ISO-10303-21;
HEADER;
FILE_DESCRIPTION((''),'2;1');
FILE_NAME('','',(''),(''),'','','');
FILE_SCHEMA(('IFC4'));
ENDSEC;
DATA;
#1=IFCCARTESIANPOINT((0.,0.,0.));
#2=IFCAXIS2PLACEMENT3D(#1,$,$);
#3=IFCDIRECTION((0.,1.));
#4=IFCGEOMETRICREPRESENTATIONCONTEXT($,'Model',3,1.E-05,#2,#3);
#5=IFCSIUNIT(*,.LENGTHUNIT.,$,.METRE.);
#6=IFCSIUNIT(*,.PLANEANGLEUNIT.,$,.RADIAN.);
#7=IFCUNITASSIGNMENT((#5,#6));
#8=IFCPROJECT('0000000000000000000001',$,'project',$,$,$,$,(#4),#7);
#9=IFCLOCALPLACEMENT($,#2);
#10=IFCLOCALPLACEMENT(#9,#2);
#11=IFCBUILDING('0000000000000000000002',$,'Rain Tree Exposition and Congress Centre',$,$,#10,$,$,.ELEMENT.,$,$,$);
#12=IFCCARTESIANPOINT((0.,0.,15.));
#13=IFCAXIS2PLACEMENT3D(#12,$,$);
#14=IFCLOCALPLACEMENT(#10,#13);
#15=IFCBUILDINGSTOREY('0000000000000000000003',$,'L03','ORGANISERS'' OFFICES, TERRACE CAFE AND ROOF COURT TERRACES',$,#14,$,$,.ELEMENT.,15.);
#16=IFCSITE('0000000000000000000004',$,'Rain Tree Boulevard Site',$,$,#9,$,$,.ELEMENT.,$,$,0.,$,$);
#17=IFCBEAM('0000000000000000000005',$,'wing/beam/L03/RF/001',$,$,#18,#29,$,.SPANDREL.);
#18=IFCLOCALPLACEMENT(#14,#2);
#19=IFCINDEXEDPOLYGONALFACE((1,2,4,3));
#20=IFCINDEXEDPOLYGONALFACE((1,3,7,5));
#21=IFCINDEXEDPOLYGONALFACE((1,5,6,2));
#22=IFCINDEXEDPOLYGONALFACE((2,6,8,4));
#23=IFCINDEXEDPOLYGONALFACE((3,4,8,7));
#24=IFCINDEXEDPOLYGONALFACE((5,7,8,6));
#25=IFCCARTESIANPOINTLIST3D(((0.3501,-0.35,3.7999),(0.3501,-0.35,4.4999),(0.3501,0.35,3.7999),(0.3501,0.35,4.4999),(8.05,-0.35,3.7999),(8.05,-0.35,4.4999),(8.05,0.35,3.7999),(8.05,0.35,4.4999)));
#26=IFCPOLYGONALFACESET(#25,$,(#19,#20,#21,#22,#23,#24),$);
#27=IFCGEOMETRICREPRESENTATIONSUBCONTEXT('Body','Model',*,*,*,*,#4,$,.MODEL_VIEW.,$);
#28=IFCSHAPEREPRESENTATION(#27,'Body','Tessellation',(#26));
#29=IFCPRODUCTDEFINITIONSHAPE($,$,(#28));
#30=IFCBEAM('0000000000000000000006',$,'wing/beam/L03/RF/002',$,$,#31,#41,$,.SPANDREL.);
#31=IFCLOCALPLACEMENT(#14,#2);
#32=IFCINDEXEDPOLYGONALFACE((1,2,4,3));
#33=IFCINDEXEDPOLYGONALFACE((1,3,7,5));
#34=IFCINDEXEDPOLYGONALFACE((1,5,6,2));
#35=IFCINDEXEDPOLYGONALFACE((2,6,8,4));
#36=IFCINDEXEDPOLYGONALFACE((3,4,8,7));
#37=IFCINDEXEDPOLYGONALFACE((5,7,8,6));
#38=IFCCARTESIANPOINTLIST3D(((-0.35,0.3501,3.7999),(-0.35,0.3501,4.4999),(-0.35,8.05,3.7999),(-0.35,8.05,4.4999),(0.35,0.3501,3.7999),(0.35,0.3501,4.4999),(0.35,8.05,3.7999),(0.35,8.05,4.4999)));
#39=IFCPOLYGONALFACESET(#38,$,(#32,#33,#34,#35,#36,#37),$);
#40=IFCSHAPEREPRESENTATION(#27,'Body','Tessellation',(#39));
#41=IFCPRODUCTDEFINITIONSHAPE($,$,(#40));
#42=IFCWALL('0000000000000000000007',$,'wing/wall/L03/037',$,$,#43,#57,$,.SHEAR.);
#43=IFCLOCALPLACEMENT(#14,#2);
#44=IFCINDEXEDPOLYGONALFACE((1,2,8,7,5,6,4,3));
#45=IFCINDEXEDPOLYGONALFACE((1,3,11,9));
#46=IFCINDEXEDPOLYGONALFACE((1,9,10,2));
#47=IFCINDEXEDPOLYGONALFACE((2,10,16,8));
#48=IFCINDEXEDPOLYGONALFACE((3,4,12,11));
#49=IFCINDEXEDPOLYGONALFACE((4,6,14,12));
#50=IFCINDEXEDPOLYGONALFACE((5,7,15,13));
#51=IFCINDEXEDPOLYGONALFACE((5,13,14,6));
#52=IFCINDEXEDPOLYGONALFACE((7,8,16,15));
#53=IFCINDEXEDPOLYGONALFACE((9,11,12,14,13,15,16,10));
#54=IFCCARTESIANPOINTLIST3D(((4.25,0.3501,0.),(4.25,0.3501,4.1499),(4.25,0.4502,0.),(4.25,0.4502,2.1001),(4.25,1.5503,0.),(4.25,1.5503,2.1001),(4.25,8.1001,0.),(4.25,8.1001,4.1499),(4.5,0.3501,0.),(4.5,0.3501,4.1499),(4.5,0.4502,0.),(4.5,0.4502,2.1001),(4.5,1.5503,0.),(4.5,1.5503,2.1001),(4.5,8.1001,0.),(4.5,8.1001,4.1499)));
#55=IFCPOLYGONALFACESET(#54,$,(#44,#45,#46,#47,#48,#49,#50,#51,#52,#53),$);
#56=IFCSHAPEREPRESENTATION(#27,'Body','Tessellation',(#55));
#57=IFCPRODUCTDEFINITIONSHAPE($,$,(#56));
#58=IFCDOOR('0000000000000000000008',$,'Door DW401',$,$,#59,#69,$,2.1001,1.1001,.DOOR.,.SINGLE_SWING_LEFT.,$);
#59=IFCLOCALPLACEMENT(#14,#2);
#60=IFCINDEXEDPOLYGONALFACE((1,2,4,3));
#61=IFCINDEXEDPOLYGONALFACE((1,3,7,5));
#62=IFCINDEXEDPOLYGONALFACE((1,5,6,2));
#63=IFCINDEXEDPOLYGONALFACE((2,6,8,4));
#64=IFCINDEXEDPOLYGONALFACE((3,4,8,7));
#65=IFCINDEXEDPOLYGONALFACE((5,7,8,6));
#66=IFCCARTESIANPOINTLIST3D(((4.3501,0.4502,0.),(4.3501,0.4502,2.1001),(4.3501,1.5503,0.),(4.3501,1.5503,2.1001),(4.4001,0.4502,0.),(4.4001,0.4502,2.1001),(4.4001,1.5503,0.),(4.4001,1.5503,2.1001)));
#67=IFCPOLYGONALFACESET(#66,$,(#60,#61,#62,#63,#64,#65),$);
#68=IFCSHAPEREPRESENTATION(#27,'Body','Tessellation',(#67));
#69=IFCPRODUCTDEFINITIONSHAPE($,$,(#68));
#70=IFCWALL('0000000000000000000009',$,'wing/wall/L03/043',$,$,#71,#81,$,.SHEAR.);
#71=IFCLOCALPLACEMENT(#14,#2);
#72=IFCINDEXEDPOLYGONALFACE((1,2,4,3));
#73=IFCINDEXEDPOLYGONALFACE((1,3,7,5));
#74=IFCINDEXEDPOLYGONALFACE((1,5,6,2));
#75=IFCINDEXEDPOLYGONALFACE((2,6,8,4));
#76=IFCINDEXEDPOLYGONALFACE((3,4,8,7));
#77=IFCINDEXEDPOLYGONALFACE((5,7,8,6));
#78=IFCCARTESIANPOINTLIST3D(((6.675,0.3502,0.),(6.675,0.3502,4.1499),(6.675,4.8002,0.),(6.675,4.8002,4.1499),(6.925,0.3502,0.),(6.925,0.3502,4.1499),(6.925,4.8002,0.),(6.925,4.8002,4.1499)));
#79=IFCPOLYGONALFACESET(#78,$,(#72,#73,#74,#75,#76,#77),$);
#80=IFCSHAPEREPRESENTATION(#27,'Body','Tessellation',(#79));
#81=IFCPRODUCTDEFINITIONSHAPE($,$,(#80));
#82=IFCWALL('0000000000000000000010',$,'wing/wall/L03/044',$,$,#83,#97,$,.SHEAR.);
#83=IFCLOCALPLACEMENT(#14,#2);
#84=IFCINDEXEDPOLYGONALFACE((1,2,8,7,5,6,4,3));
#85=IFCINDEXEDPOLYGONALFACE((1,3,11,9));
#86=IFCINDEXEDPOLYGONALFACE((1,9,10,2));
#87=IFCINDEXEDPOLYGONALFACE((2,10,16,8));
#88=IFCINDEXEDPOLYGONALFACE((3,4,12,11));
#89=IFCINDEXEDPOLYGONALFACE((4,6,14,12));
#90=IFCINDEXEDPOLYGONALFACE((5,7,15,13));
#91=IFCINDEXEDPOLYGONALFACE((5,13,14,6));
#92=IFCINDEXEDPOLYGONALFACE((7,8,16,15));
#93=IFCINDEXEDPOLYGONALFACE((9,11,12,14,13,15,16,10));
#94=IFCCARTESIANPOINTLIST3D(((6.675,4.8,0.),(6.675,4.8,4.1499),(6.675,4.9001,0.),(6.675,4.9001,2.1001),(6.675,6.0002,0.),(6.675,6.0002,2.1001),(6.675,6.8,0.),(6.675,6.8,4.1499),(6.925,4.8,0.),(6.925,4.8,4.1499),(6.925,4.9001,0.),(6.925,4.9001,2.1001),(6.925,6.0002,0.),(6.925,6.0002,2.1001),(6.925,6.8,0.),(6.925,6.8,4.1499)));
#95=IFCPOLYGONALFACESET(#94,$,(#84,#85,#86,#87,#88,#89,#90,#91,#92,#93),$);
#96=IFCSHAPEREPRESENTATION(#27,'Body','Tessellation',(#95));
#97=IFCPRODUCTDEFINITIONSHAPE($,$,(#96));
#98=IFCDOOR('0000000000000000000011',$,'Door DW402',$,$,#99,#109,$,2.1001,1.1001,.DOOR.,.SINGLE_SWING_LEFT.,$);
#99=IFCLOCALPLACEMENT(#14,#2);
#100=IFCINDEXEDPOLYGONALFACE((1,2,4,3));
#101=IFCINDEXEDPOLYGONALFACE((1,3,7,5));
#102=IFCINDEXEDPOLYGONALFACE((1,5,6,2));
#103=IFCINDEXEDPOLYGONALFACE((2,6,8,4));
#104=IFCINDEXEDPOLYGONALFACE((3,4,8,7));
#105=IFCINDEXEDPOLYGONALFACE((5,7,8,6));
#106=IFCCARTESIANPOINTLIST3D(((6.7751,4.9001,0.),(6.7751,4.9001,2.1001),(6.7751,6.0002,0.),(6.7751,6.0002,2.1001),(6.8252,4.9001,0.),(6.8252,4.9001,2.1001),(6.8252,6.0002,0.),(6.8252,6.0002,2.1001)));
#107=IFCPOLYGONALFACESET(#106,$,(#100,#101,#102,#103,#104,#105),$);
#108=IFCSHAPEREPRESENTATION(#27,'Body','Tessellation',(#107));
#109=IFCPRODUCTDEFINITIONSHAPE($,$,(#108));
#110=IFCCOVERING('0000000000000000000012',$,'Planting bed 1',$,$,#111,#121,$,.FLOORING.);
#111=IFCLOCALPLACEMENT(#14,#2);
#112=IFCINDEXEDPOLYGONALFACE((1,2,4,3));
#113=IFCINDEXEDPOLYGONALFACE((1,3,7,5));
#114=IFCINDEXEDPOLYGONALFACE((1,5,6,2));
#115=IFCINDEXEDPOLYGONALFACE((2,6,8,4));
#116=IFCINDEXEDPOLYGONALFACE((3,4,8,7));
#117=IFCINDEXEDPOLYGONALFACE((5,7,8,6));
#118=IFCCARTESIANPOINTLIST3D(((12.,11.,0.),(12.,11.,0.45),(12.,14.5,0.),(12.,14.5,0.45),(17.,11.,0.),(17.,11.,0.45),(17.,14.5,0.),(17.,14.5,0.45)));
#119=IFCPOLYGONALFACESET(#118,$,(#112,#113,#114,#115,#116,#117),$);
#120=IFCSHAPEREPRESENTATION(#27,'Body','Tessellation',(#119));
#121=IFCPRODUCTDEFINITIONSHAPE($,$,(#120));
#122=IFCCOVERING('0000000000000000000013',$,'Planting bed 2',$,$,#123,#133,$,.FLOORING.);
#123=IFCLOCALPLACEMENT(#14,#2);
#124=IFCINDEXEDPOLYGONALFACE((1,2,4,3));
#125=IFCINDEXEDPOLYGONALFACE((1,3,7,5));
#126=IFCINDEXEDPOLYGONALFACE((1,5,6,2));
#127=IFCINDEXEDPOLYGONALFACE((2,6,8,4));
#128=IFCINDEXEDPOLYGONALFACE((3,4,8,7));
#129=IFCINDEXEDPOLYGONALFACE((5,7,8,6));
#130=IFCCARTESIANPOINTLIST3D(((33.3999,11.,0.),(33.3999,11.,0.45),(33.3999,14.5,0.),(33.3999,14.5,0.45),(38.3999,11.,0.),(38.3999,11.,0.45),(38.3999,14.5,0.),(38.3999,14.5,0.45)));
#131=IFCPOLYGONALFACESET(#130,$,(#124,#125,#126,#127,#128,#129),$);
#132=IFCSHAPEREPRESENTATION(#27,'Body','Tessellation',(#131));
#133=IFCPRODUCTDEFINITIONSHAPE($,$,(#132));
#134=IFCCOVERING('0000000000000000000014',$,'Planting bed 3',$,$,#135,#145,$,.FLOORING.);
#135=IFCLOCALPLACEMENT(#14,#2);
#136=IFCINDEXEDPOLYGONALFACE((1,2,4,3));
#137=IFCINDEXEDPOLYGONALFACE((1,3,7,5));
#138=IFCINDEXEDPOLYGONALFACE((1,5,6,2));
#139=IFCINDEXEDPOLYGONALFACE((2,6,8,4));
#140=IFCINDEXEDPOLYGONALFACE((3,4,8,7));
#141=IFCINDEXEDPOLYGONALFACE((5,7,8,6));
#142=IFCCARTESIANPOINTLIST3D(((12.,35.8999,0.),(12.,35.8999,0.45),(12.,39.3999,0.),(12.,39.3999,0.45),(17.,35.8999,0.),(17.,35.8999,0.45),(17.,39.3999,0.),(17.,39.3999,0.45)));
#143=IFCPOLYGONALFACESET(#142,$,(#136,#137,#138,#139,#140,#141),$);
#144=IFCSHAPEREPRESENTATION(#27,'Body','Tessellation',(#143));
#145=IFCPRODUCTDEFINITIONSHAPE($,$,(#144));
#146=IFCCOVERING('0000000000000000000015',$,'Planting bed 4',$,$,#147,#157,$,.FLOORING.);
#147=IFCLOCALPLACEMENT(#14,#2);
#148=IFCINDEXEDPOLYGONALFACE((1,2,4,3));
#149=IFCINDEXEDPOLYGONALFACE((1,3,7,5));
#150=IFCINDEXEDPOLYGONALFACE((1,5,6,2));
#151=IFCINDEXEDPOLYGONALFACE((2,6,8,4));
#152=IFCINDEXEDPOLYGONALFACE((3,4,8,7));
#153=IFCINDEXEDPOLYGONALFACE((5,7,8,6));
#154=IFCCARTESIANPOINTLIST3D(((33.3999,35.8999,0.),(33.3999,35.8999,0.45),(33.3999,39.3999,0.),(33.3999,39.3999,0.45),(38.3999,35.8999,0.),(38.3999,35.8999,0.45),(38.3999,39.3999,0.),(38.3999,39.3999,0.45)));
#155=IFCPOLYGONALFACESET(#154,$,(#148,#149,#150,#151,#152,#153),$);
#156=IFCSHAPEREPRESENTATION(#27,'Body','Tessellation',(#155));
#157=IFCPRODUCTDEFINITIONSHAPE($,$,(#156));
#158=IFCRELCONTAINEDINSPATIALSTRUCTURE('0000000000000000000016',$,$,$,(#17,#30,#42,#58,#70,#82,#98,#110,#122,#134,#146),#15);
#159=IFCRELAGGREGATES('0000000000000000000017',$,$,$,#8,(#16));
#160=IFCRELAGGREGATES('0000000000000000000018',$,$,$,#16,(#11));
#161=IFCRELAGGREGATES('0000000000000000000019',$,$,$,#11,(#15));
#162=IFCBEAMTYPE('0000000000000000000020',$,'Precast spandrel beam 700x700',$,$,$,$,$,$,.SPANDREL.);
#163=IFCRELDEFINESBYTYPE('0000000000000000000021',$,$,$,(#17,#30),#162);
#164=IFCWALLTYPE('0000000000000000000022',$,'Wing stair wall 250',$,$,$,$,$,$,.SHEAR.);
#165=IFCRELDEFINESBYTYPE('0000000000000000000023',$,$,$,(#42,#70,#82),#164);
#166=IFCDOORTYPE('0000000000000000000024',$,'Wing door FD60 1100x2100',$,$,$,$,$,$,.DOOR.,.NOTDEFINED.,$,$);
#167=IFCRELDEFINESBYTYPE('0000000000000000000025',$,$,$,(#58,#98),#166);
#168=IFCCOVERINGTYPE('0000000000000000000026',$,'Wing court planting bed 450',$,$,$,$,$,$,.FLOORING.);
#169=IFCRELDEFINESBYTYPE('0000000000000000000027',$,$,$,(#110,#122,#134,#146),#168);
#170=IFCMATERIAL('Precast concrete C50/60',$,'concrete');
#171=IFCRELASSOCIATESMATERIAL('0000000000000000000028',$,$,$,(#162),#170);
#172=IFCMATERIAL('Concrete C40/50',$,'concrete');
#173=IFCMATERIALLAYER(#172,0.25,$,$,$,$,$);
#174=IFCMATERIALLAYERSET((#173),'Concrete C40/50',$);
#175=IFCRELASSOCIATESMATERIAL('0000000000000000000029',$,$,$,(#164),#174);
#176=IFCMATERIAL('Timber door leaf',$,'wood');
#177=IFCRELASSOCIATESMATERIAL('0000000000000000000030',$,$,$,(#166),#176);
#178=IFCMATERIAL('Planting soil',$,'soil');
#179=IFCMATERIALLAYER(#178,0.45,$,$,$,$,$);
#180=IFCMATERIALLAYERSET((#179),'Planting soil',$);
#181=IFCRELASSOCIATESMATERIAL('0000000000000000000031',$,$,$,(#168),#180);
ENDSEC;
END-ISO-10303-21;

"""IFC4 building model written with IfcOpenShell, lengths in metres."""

from ifc_helpers import new_model, si_unit, direction, frame, frame_2d, origin, origin_2d, place, context, subcontext, project, spatial, polyline, rectangle, outline, extrude, material, layer, layer_set, material_profile, profile_set, type_object, element, fill, save


model = new_model("IFC4")

# Units and contexts
model_context = context("Model", 3, precision=1e-05, world=origin(), true_north=direction((0.0, 1.0)))
body_context = subcontext(model_context, "Body", "Model", "MODEL_VIEW")
ifc_project = project(units=[si_unit("LENGTHUNIT", "METRE"), si_unit("PLANEANGLEUNIT", "RADIAN")], contexts=[model_context])

# Site, building, storey
site_placement = place(None, origin())
site = spatial("IfcSite", under=ifc_project, at=site_placement, Name="Rain Tree Boulevard Site", CompositionType="ELEMENT", RefElevation=0.0)
building_placement = place(site_placement, origin())
building = spatial("IfcBuilding", under=site, at=building_placement, Name="Rain Tree Exposition and Congress Centre", CompositionType="ELEMENT")
storey_placement = place(building_placement, frame((0.0, 0.0, 15.0)))
storey = spatial("IfcBuildingStorey", under=building, at=storey_placement, Name="L03", Description="ORGANISERS' OFFICES, TERRACE CAFE AND ROOF COURT TERRACES", CompositionType="ELEMENT", Elevation=15.0)

# Beams
ifc_material_1 = material(Name="Precast concrete C50/60", Category="concrete")
ifc_material_profile_1 = material_profile(ifc_material_1, rectangle(XDim=0.7, YDim=0.7, at=origin_2d()), Name="RC 700x700")
ifc_profile_set_1 = profile_set([ifc_material_profile_1], Name="Precast concrete C50/60")
beam_type = type_object("IfcBeamType", Name="Precast spandrel beam 700x700", PredefinedType="SPANDREL", material=ifc_profile_set_1)
for number, where, z_axis, x_axis, name in (
    (1, (0.3501, 0.0, 4.1499), (1.0, 0.0, 0.0), (0.0, 1.0, 0.0), "wing/beam/L03/RF/001"),
    (2, (0.0, 0.3501, 4.1499), (0.0, 1.0, 0.0), (-1.0, 0.0, 0.0), "wing/beam/L03/RF/002"),
):
    element("IfcBeam", number, at=place(storey_placement, frame(where, z_axis=z_axis, x_axis=x_axis)), inside=storey, type_object=beam_type, Name=name, PredefinedType="SPANDREL", context=body_context, shape_type="SweptSolid", body=[
        extrude(rectangle(XDim=0.7, YDim=0.7, at=origin_2d()), origin(), (0.0, 0.0, 1.0), 7.7),
    ])

# Wall, opening, door
ifc_material_2 = material(Name="Concrete C40/50", Category="concrete")
ifc_layer_1 = layer(ifc_material_2, 0.25)
ifc_layer_set_1 = layer_set([ifc_layer_1], Name="Concrete C40/50")
wall_type_1 = type_object("IfcWallType", Name="Wing stair wall 250", PredefinedType="SHEAR", material=ifc_layer_set_1)
wall_1_placement = place(storey_placement, frame((4.375, 0.3501, 0.0), z_axis=(0.0, 0.0, 1.0), x_axis=(0.0, 1.0, 0.0)))
wall_1 = element("IfcWall", 3, at=wall_1_placement, inside=storey, type_object=wall_type_1, Name="wing/wall/L03/037", PredefinedType="SHEAR", context=body_context, shape_type="SweptSolid", body=[
    extrude(rectangle(XDim=7.75, YDim=0.25, at=frame_2d((3.875, 0.0))), origin(), (0.0, 0.0, 1.0), 4.1499),
])
opening_1_placement = place(wall_1_placement, frame((0.1001, 0.0, 0.0)))
opening_1 = element("IfcOpeningElement", 4, at=opening_1_placement, cuts=wall_1, PredefinedType="OPENING", context=body_context, shape_type="SweptSolid", body=[
    extrude(rectangle(XDim=1.1001, YDim=2.1001, at=frame_2d((0.55, 1.05))), frame((0.0, 0.125, 0.0), z_axis=(0.0, -1.0, 0.0), x_axis=(1.0, 0.0, 0.0)), (0.0, 0.0, 1.0), 0.25),
])
ifc_material_3 = material(Name="Timber door leaf", Category="wood")
door_type = type_object("IfcDoorType", Name="Wing door FD60 1100x2100", OperationType="NOTDEFINED", PredefinedType="DOOR", material=ifc_material_3)
door_1_placement = place(opening_1_placement, origin())
door_1 = element("IfcDoor", 5, at=door_1_placement, inside=storey, type_object=door_type, Name="Door DW401", OperationType="SINGLE_SWING_LEFT", OverallHeight=2.1001, OverallWidth=1.1001, PredefinedType="DOOR", context=body_context, shape_type="SweptSolid", body=[
    extrude(rectangle(XDim=1.1001, YDim=2.1001, at=frame_2d((0.55, 1.05))), frame((0.0, 0.0249, 0.0), z_axis=(0.0, -1.0, 0.0), x_axis=(1.0, 0.0, 0.0)), (0.0, 0.0, 1.0), 0.05),
])
fill(opening_1, door_1)

# Wall
wall_2_placement = place(storey_placement, frame((6.8, 0.3501, 0.0), z_axis=(0.0, 0.0, 1.0), x_axis=(0.0, 1.0, 0.0)))
element("IfcWall", 6, at=wall_2_placement, inside=storey, type_object=wall_type_1, Name="wing/wall/L03/043", PredefinedType="SHEAR", context=body_context, shape_type="SweptSolid", body=[
    extrude(rectangle(XDim=4.45, YDim=0.25, at=frame_2d((2.2251, 0.0))), origin(), (0.0, 0.0, 1.0), 4.1499),
])

# Wall, opening, door
wall_3_placement = place(storey_placement, frame((6.8, 4.8, 0.0), z_axis=(0.0, 0.0, 1.0), x_axis=(0.0, 1.0, 0.0)))
wall_3 = element("IfcWall", 7, at=wall_3_placement, inside=storey, type_object=wall_type_1, Name="wing/wall/L03/044", PredefinedType="SHEAR", context=body_context, shape_type="SweptSolid", body=[
    extrude(rectangle(XDim=2.0, YDim=0.25, at=frame_2d((1.0, 0.0))), origin(), (0.0, 0.0, 1.0), 4.1499),
])
opening_2_placement = place(wall_3_placement, frame((0.1001, 0.0, 0.0)))
opening_2 = element("IfcOpeningElement", 8, at=opening_2_placement, cuts=wall_3, PredefinedType="OPENING", context=body_context, shape_type="SweptSolid", body=[
    extrude(rectangle(XDim=1.1001, YDim=2.1001, at=frame_2d((0.55, 1.05))), frame((0.0, 0.125, 0.0), z_axis=(0.0, -1.0, 0.0), x_axis=(1.0, 0.0, 0.0)), (0.0, 0.0, 1.0), 0.25),
])
door_2_placement = place(opening_2_placement, origin())
door_2 = element("IfcDoor", 9, at=door_2_placement, inside=storey, type_object=door_type, Name="Door DW402", OperationType="SINGLE_SWING_LEFT", OverallHeight=2.1001, OverallWidth=1.1001, PredefinedType="DOOR", context=body_context, shape_type="SweptSolid", body=[
    extrude(rectangle(XDim=1.1001, YDim=2.1001, at=frame_2d((0.55, 1.05))), frame((0.0, 0.0249, 0.0), z_axis=(0.0, -1.0, 0.0), x_axis=(1.0, 0.0, 0.0)), (0.0, 0.0, 1.0), 0.05),
])
fill(opening_2, door_2)

# Coverings
ifc_material_4 = material(Name="Planting soil", Category="soil")
ifc_layer_2 = layer(ifc_material_4, 0.45)
ifc_layer_set_2 = layer_set([ifc_layer_2], Name="Planting soil")
covering_type_1 = type_object("IfcCoveringType", Name="Wing court planting bed 450", PredefinedType="FLOORING", material=ifc_layer_set_2)
covering_1_placement = place(storey_placement, origin())
element("IfcCovering", 10, at=covering_1_placement, inside=storey, type_object=covering_type_1, Name="Planting bed 1", PredefinedType="FLOORING", context=body_context, shape_type="SweptSolid", body=[
    extrude(outline(polyline([(12.0, 11.0), (17.0, 11.0), (17.0, 14.5), (12.0, 14.5), (12.0, 11.0)])), origin(), (0.0, 0.0, 1.0), 0.45),
])
covering_2_placement = place(storey_placement, origin())
element("IfcCovering", 11, at=covering_2_placement, inside=storey, type_object=covering_type_1, Name="Planting bed 2", PredefinedType="FLOORING", context=body_context, shape_type="SweptSolid", body=[
    extrude(outline(polyline([(33.3999, 11.0), (38.3999, 11.0), (38.3999, 14.5), (33.3999, 14.5), (33.3999, 11.0)])), origin(), (0.0, 0.0, 1.0), 0.45),
])
covering_3_placement = place(storey_placement, origin())
element("IfcCovering", 12, at=covering_3_placement, inside=storey, type_object=covering_type_1, Name="Planting bed 3", PredefinedType="FLOORING", context=body_context, shape_type="SweptSolid", body=[
    extrude(outline(polyline([(12.0, 35.8999), (17.0, 35.8999), (17.0, 39.3999), (12.0, 39.3999), (12.0, 35.8999)])), origin(), (0.0, 0.0, 1.0), 0.45),
])
covering_4_placement = place(storey_placement, origin())
element("IfcCovering", 13, at=covering_4_placement, inside=storey, type_object=covering_type_1, Name="Planting bed 4", PredefinedType="FLOORING", context=body_context, shape_type="SweptSolid", body=[
    extrude(outline(polyline([(33.3999, 35.8999), (38.3999, 35.8999), (38.3999, 39.3999), (33.3999, 39.3999), (33.3999, 35.8999)])), origin(), (0.0, 0.0, 1.0), 0.45),
])

save(model, "model.ifc")
